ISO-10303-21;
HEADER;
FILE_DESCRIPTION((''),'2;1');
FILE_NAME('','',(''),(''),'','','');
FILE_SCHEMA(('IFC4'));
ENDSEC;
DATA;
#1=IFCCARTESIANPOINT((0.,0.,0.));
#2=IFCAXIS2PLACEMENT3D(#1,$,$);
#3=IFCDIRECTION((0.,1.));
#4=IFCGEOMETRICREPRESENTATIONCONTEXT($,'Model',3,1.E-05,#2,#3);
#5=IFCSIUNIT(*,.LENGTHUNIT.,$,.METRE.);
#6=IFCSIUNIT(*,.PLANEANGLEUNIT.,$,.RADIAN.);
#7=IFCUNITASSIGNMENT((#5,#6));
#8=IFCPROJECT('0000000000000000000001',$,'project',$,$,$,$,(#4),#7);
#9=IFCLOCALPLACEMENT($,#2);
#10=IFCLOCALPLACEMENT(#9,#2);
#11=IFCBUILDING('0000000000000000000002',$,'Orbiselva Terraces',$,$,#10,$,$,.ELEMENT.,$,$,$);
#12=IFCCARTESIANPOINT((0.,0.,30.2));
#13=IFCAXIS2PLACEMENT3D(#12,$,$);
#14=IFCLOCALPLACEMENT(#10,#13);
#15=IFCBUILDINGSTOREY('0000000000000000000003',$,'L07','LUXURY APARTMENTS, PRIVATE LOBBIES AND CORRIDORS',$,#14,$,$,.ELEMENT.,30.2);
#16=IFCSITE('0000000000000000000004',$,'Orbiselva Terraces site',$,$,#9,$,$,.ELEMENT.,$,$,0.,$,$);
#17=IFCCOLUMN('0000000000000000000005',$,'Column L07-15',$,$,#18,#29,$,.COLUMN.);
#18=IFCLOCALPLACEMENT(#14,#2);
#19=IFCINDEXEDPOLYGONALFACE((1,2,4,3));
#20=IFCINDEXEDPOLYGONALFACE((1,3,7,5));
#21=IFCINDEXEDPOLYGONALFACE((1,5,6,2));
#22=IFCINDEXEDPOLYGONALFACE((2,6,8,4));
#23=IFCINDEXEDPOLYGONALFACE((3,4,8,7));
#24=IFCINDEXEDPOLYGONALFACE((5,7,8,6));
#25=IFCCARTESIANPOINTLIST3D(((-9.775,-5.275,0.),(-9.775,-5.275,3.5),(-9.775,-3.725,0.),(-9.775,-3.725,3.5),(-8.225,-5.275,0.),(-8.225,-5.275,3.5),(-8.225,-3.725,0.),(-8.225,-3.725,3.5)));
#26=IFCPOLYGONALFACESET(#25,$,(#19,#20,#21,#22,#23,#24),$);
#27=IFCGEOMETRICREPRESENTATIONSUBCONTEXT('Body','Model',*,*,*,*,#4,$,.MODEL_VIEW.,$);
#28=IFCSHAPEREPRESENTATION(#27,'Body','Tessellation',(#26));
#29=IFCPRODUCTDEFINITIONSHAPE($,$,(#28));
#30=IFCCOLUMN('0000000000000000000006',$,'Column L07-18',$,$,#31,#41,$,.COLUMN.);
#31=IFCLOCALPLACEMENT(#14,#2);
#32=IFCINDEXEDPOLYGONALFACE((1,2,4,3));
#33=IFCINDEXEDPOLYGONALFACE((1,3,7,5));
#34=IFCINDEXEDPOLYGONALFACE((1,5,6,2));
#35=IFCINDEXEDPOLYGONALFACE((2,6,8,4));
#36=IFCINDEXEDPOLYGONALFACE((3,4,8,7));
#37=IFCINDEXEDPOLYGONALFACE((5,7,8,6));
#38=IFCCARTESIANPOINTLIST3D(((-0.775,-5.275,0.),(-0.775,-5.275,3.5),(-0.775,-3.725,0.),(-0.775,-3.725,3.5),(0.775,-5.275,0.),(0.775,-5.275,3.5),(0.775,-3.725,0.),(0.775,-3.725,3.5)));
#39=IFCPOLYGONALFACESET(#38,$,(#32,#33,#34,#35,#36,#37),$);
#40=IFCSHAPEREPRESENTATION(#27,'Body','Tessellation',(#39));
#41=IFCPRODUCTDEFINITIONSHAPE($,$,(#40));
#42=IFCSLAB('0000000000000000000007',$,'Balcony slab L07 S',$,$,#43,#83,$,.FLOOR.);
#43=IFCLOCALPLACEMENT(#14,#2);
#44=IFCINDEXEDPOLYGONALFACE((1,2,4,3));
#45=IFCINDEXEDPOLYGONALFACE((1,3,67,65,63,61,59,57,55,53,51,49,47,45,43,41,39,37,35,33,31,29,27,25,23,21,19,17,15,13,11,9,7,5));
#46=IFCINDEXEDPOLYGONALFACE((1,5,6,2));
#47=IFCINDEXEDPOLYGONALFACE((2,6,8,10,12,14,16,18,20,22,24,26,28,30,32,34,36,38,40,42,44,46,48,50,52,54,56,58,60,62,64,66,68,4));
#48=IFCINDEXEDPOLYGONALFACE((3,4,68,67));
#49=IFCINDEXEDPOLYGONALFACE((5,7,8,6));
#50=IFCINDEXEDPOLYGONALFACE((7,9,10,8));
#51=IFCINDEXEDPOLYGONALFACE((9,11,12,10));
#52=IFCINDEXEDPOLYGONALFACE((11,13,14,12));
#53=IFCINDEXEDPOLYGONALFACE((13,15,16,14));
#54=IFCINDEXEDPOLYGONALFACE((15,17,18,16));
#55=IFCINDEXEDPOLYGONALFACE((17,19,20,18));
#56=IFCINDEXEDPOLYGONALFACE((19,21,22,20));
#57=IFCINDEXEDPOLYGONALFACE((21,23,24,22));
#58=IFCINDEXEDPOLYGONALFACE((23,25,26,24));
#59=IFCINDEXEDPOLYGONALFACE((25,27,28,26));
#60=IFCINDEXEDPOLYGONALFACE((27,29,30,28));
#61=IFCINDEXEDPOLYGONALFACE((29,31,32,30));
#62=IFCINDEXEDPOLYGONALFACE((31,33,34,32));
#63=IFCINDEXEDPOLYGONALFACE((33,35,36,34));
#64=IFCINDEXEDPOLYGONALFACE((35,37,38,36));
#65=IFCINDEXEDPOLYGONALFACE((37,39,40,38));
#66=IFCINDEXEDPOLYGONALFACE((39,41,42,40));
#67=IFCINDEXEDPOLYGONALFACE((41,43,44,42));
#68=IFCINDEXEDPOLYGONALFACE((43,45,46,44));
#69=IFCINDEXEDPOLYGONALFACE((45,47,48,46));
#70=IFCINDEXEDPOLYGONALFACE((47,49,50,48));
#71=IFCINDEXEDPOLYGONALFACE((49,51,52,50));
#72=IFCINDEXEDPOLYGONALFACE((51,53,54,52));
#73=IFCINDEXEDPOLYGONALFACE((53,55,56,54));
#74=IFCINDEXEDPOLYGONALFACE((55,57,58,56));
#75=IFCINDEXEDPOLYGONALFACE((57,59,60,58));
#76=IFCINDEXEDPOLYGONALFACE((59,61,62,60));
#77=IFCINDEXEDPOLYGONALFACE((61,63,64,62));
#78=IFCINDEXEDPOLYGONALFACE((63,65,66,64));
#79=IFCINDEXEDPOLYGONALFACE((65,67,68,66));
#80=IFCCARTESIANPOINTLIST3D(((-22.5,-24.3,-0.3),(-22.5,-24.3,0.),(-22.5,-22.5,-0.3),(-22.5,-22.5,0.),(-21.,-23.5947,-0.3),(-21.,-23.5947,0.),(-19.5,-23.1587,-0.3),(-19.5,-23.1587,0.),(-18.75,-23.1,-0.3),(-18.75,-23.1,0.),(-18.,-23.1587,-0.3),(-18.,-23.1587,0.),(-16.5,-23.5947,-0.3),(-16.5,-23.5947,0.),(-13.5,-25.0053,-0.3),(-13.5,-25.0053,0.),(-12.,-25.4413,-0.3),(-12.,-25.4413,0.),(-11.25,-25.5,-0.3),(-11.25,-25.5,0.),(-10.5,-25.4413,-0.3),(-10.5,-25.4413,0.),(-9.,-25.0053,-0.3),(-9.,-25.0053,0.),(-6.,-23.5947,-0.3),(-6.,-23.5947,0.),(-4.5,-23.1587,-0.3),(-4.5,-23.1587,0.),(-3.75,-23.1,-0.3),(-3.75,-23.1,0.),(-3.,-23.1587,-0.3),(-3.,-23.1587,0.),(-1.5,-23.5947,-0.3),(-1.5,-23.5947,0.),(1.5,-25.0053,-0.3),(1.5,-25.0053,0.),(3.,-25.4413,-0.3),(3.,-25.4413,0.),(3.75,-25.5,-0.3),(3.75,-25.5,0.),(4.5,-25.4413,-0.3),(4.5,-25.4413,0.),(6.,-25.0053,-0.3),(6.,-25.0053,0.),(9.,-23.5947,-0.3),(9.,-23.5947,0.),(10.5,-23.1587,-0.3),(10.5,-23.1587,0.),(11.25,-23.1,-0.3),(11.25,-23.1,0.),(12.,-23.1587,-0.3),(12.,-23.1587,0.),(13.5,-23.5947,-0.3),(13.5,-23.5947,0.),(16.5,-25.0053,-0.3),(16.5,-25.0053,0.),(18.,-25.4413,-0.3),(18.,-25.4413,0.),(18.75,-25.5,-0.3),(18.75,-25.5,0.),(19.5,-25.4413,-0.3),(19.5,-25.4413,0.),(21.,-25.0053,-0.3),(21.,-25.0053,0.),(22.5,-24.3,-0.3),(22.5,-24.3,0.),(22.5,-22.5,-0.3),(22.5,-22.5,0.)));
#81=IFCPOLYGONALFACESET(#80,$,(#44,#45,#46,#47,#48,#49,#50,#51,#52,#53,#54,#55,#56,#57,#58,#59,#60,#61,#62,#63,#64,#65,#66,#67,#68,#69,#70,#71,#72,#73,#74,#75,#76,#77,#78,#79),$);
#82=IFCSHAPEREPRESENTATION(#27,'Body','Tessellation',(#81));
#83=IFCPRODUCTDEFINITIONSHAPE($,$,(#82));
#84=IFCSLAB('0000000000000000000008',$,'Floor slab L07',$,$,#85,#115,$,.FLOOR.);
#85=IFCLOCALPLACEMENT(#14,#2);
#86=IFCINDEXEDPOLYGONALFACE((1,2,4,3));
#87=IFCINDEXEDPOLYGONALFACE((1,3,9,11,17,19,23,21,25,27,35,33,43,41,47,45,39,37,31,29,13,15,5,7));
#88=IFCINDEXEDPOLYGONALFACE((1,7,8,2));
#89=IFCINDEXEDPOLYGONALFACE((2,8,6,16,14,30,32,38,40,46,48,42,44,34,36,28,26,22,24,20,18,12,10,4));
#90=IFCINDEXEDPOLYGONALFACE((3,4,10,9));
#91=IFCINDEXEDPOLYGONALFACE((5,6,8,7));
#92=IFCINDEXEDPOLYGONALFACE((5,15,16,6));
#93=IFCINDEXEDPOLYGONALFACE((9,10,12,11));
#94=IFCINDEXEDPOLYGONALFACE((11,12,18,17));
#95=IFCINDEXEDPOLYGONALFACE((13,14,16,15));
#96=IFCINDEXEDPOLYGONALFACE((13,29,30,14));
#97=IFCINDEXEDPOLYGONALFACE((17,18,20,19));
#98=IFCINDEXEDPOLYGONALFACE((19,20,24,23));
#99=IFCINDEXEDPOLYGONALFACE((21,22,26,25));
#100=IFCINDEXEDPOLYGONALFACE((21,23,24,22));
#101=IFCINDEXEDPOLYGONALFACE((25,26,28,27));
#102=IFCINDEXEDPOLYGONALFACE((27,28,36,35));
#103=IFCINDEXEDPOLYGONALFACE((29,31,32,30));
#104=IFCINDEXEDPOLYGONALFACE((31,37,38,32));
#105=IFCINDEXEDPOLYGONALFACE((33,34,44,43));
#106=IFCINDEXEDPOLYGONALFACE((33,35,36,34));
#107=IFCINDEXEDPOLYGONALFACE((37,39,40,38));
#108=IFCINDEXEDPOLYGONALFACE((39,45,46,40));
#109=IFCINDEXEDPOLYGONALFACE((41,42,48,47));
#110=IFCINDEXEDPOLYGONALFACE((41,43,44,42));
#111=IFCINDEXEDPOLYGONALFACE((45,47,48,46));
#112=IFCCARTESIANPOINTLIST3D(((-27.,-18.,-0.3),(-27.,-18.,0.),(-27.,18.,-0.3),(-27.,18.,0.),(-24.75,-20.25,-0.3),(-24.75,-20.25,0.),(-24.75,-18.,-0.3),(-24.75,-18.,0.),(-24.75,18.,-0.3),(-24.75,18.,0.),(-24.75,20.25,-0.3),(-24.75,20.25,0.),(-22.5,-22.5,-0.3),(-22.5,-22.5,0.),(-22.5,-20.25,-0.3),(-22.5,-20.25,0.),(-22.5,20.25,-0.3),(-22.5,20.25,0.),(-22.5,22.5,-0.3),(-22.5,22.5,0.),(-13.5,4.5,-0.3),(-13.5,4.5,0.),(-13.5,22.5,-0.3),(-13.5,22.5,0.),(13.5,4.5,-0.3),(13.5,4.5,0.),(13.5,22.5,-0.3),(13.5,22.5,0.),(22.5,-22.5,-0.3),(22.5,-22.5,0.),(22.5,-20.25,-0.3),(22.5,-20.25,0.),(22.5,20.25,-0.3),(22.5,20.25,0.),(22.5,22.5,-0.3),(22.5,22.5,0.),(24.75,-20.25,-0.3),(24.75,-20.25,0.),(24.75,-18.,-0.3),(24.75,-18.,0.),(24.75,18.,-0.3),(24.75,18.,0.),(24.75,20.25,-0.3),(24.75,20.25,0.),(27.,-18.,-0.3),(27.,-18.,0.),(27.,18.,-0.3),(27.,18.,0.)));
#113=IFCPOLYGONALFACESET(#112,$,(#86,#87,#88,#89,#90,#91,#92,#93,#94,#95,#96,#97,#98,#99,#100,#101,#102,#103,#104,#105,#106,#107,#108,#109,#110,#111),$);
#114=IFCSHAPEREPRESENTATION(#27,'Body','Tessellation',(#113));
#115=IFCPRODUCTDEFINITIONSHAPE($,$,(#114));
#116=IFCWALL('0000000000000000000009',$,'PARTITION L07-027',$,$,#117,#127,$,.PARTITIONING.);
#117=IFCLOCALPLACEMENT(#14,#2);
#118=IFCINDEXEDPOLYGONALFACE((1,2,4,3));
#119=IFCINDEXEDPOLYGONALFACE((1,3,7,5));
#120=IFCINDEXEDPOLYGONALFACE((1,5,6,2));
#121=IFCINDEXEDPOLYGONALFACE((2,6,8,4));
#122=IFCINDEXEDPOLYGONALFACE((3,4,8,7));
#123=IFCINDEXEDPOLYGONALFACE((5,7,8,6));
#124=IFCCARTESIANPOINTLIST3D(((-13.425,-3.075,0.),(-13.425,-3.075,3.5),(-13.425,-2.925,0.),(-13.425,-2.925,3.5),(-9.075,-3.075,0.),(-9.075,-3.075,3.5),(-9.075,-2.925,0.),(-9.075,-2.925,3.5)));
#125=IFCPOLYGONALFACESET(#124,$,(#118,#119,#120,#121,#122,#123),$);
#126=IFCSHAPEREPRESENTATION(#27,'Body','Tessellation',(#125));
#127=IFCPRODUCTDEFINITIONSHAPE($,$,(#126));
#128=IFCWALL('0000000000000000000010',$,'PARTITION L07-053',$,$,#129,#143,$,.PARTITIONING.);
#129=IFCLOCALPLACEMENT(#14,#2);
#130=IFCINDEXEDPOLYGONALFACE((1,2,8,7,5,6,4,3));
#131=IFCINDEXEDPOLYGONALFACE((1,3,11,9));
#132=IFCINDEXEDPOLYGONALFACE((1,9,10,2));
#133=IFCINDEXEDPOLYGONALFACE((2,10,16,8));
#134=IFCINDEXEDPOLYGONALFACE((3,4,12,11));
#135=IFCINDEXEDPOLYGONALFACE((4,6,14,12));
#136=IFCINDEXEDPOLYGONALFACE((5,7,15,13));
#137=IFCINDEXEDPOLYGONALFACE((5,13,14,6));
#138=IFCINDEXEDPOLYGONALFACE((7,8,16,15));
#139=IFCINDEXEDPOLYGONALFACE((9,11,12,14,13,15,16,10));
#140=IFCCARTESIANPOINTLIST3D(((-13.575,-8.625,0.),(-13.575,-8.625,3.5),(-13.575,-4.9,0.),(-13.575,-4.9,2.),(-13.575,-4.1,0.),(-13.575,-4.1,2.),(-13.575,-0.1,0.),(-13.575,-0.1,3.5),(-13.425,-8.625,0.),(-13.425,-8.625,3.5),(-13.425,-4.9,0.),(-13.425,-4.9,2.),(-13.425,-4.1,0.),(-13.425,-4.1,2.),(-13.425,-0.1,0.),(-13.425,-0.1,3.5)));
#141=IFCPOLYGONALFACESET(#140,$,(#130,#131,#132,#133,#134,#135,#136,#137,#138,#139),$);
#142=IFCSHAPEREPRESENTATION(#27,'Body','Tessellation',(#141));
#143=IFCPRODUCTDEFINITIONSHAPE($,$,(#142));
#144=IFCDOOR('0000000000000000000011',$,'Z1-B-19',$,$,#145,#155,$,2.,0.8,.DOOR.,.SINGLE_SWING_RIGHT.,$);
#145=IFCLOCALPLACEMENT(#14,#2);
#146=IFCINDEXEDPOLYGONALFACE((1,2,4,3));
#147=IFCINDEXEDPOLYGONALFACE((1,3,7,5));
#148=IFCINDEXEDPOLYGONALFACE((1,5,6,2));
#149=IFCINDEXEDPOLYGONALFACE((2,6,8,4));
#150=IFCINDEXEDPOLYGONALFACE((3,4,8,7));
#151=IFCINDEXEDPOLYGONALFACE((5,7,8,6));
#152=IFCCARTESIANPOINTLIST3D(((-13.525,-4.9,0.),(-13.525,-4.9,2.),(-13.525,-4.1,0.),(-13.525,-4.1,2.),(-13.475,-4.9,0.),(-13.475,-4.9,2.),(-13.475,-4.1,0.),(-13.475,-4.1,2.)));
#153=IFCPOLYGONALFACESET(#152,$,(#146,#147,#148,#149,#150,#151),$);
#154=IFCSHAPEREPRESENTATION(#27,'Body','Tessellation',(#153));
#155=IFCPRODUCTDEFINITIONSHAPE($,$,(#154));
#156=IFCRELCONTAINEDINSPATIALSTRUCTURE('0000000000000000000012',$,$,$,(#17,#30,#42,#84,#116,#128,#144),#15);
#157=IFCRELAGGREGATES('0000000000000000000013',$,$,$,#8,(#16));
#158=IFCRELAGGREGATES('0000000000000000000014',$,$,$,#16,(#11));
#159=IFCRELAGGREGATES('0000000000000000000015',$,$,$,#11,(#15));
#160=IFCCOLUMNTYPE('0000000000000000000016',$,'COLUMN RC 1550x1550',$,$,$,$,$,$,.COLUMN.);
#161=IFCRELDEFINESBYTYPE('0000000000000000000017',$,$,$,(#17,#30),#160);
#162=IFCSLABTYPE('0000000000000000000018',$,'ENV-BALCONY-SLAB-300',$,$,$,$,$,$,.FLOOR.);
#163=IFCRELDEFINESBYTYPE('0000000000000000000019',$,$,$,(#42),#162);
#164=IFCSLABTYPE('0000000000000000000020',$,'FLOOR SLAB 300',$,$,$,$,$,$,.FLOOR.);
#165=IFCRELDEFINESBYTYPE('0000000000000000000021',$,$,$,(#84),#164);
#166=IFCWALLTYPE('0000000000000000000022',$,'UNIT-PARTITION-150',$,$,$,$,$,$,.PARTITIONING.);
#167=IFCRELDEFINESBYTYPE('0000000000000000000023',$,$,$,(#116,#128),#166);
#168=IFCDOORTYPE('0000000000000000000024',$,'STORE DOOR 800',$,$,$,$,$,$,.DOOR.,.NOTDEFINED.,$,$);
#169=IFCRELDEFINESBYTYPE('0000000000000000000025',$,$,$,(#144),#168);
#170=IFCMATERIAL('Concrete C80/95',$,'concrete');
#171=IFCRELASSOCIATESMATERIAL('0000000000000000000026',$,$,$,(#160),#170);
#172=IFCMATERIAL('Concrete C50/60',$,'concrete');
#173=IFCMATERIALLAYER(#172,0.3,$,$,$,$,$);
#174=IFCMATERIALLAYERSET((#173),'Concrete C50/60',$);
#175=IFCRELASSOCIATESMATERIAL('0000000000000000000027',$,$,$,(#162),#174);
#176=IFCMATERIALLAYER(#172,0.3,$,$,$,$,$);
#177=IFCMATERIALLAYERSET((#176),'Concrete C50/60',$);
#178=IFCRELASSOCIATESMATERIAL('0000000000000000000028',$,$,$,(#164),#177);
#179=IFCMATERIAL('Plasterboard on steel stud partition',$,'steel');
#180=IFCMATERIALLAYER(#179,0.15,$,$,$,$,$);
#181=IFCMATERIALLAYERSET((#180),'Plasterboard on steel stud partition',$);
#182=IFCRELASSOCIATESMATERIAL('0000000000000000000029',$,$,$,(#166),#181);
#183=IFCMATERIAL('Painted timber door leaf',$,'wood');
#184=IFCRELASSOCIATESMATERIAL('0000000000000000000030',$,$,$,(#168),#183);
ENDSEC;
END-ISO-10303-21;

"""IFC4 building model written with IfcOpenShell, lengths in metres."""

from ifc_helpers import new_model, si_unit, direction, frame, frame_2d, origin, origin_2d, place, context, subcontext, project, spatial, polyline, rectangle, outline, extrude, material, layer, layer_set, material_profile, profile_set, type_object, element, fill, save


model = new_model("IFC4")

# Units and contexts
model_context = context("Model", 3, precision=1e-05, world=origin(), true_north=direction((0.0, 1.0)))
body_context = subcontext(model_context, "Body", "Model", "MODEL_VIEW")
ifc_project = project(units=[si_unit("LENGTHUNIT", "METRE"), si_unit("PLANEANGLEUNIT", "RADIAN")], contexts=[model_context])

# Site, building, storey
site_placement = place(None, origin())
site = spatial("IfcSite", under=ifc_project, at=site_placement, Name="Orbiselva Terraces site", CompositionType="ELEMENT", RefElevation=0.0)
building_placement = place(site_placement, origin())
building = spatial("IfcBuilding", under=site, at=building_placement, Name="Orbiselva Terraces", CompositionType="ELEMENT")
storey_placement = place(building_placement, frame((0.0, 0.0, 30.2)))
storey = spatial("IfcBuildingStorey", under=building, at=storey_placement, Name="L07", Description="LUXURY APARTMENTS, PRIVATE LOBBIES AND CORRIDORS", CompositionType="ELEMENT", Elevation=30.2)

# Columns
ifc_material_1 = material(Name="Concrete C80/95", Category="concrete")
ifc_material_profile = material_profile(ifc_material_1, rectangle(XDim=1.55, YDim=1.55, at=origin_2d()), Name="RC 1550x1550")
ifc_profile_set = profile_set([ifc_material_profile], Name="Concrete C80/95")
column_type = type_object("IfcColumnType", Name="COLUMN RC 1550x1550", PredefinedType="COLUMN", material=ifc_profile_set)
for number, where, z_axis, x_axis, name in (
    (1, (-9.0, -4.5, 0.0), (0.0, 0.0, 1.0), (1.0, 0.0, 0.0), "Column L07-15"),
    (2, (0.0, -4.5, 0.0), (0.0, 0.0, 1.0), (1.0, 0.0, 0.0), "Column L07-18"),
):
    element("IfcColumn", number, at=place(storey_placement, frame(where, z_axis=z_axis, x_axis=x_axis)), inside=storey, type_object=column_type, Name=name, PredefinedType="COLUMN", context=body_context, shape_type="SweptSolid", body=[
        extrude(rectangle(XDim=1.55, YDim=1.55, at=origin_2d()), origin(), (0.0, 0.0, 1.0), 3.5),
    ])

# Slabs
ifc_material_2 = material(Name="Concrete C50/60", Category="concrete")
ifc_layer_1 = layer(ifc_material_2, 0.3)
ifc_layer_set_1 = layer_set([ifc_layer_1], Name="Concrete C50/60")
slab_type_1 = type_object("IfcSlabType", Name="ENV-BALCONY-SLAB-300", PredefinedType="FLOOR", material=ifc_layer_set_1)
slab_1_placement = place(storey_placement, frame((0.0, 0.0, -0.3)))
element("IfcSlab", 3, at=slab_1_placement, inside=storey, type_object=slab_type_1, Name="Balcony slab L07 S", PredefinedType="FLOOR", context=body_context, shape_type="SweptSolid", body=[
    extrude(outline(polyline([(-22.5, -24.3), (-21.0, -23.5947), (-19.5, -23.1587), (-18.75, -23.1), (-18.0, -23.1587), (-16.5, -23.5947), (-13.5, -25.0053), (-12.0, -25.4413), (-11.25, -25.5), (-10.5, -25.4413), (-9.0, -25.0053), (-6.0, -23.5947), (-4.5, -23.1587), (-3.75, -23.1), (-3.0, -23.1587), (-1.5, -23.5947), (1.5, -25.0053), (3.0, -25.4413), (3.75, -25.5), (4.5, -25.4413), (6.0, -25.0053), (9.0, -23.5947), (10.5, -23.1587), (11.25, -23.1), (12.0, -23.1587), (13.5, -23.5947), (16.5, -25.0053), (18.0, -25.4413), (18.75, -25.5), (19.5, -25.4413), (21.0, -25.0053), (22.5, -24.3), (22.5, -22.5), (-22.5, -22.5), (-22.5, -24.3)])), origin(), (0.0, 0.0, 1.0), 0.3),
])
ifc_layer_2 = layer(ifc_material_2, 0.3)
ifc_layer_set_2 = layer_set([ifc_layer_2], Name="Concrete C50/60")
slab_type_2 = type_object("IfcSlabType", Name="FLOOR SLAB 300", PredefinedType="FLOOR", material=ifc_layer_set_2)
slab_2_placement = place(storey_placement, frame((0.0, 0.0, -0.3)))
element("IfcSlab", 4, at=slab_2_placement, inside=storey, type_object=slab_type_2, Name="Floor slab L07", PredefinedType="FLOOR", context=body_context, shape_type="SweptSolid", body=[
    extrude(outline(polyline([(22.5, 22.5), (22.5, 20.25), (24.75, 20.25), (24.75, 18.0), (27.0, 18.0), (27.0, -18.0), (24.75, -18.0), (24.75, -20.25), (22.5, -20.25), (22.5, -22.5), (-22.5, -22.5), (-22.5, -20.25), (-24.75, -20.25), (-24.75, -18.0), (-27.0, -18.0), (-27.0, 18.0), (-24.75, 18.0), (-24.75, 20.25), (-22.5, 20.25), (-22.5, 22.5), (-13.5, 22.5), (-13.5, 4.5), (13.5, 4.5), (13.5, 22.5), (22.5, 22.5)])), origin(), (0.0, 0.0, 1.0), 0.3),
])

# Wall
ifc_material_3 = material(Name="Plasterboard on steel stud partition", Category="steel")
ifc_layer_3 = layer(ifc_material_3, 0.15)
ifc_layer_set_3 = layer_set([ifc_layer_3], Name="Plasterboard on steel stud partition")
wall_type = type_object("IfcWallType", Name="UNIT-PARTITION-150", PredefinedType="PARTITIONING", material=ifc_layer_set_3)
wall_1_placement = place(storey_placement, frame((-13.425, -3.0, 0.0), z_axis=(0.0, 0.0, 1.0), x_axis=(1.0, 0.0, 0.0)))
element("IfcWall", 5, at=wall_1_placement, inside=storey, type_object=wall_type, Name="PARTITION L07-027", PredefinedType="PARTITIONING", context=body_context, shape_type="SweptSolid", body=[
    extrude(rectangle(XDim=4.35, YDim=0.15, at=frame_2d((2.175, 0.0))), origin(), (0.0, 0.0, 1.0), 3.5),
])

# Wall, opening, door
wall_2_placement = place(storey_placement, frame((-13.5, -0.1, 0.0), z_axis=(0.0, 0.0, 1.0), x_axis=(0.0, -1.0, 0.0)))
wall_2 = element("IfcWall", 6, at=wall_2_placement, inside=storey, type_object=wall_type, Name="PARTITION L07-053", PredefinedType="PARTITIONING", context=body_context, shape_type="SweptSolid", body=[
    extrude(rectangle(XDim=8.525, YDim=0.15, at=frame_2d((4.2625, 0.0))), origin(), (0.0, 0.0, 1.0), 3.5),
])
opening_1_placement = place(wall_2_placement, frame((4.0, 0.0, 0.0)))
opening_1 = element("IfcOpeningElement", 7, at=opening_1_placement, cuts=wall_2, PredefinedType="OPENING", context=body_context, shape_type="SweptSolid", body=[
    extrude(rectangle(XDim=0.8, YDim=2.0, at=frame_2d((0.4, 1.0))), frame((0.0, 0.085, 0.0), z_axis=(0.0, -1.0, 0.0), x_axis=(1.0, 0.0, 0.0)), (0.0, 0.0, 1.0), 0.17),
])
ifc_material_4 = material(Name="Painted timber door leaf", Category="wood")
door_type_1 = type_object("IfcDoorType", Name="STORE DOOR 800", OperationType="NOTDEFINED", PredefinedType="DOOR", material=ifc_material_4)
door_1_placement = place(opening_1_placement, origin())
door_1 = element("IfcDoor", 8, at=door_1_placement, inside=storey, type_object=door_type_1, Name="Z1-B-19", OperationType="SINGLE_SWING_RIGHT", OverallHeight=2.0, OverallWidth=0.8, PredefinedType="DOOR", context=body_context, shape_type="SweptSolid", body=[
    extrude(rectangle(XDim=0.8, YDim=2.0, at=frame_2d((0.4, 1.0))), frame((0.0, 0.025, 0.0), z_axis=(0.0, -1.0, 0.0), x_axis=(1.0, 0.0, 0.0)), (0.0, 0.0, 1.0), 0.05),
])
fill(opening_1, door_1)

save(model, "model.ifc")
